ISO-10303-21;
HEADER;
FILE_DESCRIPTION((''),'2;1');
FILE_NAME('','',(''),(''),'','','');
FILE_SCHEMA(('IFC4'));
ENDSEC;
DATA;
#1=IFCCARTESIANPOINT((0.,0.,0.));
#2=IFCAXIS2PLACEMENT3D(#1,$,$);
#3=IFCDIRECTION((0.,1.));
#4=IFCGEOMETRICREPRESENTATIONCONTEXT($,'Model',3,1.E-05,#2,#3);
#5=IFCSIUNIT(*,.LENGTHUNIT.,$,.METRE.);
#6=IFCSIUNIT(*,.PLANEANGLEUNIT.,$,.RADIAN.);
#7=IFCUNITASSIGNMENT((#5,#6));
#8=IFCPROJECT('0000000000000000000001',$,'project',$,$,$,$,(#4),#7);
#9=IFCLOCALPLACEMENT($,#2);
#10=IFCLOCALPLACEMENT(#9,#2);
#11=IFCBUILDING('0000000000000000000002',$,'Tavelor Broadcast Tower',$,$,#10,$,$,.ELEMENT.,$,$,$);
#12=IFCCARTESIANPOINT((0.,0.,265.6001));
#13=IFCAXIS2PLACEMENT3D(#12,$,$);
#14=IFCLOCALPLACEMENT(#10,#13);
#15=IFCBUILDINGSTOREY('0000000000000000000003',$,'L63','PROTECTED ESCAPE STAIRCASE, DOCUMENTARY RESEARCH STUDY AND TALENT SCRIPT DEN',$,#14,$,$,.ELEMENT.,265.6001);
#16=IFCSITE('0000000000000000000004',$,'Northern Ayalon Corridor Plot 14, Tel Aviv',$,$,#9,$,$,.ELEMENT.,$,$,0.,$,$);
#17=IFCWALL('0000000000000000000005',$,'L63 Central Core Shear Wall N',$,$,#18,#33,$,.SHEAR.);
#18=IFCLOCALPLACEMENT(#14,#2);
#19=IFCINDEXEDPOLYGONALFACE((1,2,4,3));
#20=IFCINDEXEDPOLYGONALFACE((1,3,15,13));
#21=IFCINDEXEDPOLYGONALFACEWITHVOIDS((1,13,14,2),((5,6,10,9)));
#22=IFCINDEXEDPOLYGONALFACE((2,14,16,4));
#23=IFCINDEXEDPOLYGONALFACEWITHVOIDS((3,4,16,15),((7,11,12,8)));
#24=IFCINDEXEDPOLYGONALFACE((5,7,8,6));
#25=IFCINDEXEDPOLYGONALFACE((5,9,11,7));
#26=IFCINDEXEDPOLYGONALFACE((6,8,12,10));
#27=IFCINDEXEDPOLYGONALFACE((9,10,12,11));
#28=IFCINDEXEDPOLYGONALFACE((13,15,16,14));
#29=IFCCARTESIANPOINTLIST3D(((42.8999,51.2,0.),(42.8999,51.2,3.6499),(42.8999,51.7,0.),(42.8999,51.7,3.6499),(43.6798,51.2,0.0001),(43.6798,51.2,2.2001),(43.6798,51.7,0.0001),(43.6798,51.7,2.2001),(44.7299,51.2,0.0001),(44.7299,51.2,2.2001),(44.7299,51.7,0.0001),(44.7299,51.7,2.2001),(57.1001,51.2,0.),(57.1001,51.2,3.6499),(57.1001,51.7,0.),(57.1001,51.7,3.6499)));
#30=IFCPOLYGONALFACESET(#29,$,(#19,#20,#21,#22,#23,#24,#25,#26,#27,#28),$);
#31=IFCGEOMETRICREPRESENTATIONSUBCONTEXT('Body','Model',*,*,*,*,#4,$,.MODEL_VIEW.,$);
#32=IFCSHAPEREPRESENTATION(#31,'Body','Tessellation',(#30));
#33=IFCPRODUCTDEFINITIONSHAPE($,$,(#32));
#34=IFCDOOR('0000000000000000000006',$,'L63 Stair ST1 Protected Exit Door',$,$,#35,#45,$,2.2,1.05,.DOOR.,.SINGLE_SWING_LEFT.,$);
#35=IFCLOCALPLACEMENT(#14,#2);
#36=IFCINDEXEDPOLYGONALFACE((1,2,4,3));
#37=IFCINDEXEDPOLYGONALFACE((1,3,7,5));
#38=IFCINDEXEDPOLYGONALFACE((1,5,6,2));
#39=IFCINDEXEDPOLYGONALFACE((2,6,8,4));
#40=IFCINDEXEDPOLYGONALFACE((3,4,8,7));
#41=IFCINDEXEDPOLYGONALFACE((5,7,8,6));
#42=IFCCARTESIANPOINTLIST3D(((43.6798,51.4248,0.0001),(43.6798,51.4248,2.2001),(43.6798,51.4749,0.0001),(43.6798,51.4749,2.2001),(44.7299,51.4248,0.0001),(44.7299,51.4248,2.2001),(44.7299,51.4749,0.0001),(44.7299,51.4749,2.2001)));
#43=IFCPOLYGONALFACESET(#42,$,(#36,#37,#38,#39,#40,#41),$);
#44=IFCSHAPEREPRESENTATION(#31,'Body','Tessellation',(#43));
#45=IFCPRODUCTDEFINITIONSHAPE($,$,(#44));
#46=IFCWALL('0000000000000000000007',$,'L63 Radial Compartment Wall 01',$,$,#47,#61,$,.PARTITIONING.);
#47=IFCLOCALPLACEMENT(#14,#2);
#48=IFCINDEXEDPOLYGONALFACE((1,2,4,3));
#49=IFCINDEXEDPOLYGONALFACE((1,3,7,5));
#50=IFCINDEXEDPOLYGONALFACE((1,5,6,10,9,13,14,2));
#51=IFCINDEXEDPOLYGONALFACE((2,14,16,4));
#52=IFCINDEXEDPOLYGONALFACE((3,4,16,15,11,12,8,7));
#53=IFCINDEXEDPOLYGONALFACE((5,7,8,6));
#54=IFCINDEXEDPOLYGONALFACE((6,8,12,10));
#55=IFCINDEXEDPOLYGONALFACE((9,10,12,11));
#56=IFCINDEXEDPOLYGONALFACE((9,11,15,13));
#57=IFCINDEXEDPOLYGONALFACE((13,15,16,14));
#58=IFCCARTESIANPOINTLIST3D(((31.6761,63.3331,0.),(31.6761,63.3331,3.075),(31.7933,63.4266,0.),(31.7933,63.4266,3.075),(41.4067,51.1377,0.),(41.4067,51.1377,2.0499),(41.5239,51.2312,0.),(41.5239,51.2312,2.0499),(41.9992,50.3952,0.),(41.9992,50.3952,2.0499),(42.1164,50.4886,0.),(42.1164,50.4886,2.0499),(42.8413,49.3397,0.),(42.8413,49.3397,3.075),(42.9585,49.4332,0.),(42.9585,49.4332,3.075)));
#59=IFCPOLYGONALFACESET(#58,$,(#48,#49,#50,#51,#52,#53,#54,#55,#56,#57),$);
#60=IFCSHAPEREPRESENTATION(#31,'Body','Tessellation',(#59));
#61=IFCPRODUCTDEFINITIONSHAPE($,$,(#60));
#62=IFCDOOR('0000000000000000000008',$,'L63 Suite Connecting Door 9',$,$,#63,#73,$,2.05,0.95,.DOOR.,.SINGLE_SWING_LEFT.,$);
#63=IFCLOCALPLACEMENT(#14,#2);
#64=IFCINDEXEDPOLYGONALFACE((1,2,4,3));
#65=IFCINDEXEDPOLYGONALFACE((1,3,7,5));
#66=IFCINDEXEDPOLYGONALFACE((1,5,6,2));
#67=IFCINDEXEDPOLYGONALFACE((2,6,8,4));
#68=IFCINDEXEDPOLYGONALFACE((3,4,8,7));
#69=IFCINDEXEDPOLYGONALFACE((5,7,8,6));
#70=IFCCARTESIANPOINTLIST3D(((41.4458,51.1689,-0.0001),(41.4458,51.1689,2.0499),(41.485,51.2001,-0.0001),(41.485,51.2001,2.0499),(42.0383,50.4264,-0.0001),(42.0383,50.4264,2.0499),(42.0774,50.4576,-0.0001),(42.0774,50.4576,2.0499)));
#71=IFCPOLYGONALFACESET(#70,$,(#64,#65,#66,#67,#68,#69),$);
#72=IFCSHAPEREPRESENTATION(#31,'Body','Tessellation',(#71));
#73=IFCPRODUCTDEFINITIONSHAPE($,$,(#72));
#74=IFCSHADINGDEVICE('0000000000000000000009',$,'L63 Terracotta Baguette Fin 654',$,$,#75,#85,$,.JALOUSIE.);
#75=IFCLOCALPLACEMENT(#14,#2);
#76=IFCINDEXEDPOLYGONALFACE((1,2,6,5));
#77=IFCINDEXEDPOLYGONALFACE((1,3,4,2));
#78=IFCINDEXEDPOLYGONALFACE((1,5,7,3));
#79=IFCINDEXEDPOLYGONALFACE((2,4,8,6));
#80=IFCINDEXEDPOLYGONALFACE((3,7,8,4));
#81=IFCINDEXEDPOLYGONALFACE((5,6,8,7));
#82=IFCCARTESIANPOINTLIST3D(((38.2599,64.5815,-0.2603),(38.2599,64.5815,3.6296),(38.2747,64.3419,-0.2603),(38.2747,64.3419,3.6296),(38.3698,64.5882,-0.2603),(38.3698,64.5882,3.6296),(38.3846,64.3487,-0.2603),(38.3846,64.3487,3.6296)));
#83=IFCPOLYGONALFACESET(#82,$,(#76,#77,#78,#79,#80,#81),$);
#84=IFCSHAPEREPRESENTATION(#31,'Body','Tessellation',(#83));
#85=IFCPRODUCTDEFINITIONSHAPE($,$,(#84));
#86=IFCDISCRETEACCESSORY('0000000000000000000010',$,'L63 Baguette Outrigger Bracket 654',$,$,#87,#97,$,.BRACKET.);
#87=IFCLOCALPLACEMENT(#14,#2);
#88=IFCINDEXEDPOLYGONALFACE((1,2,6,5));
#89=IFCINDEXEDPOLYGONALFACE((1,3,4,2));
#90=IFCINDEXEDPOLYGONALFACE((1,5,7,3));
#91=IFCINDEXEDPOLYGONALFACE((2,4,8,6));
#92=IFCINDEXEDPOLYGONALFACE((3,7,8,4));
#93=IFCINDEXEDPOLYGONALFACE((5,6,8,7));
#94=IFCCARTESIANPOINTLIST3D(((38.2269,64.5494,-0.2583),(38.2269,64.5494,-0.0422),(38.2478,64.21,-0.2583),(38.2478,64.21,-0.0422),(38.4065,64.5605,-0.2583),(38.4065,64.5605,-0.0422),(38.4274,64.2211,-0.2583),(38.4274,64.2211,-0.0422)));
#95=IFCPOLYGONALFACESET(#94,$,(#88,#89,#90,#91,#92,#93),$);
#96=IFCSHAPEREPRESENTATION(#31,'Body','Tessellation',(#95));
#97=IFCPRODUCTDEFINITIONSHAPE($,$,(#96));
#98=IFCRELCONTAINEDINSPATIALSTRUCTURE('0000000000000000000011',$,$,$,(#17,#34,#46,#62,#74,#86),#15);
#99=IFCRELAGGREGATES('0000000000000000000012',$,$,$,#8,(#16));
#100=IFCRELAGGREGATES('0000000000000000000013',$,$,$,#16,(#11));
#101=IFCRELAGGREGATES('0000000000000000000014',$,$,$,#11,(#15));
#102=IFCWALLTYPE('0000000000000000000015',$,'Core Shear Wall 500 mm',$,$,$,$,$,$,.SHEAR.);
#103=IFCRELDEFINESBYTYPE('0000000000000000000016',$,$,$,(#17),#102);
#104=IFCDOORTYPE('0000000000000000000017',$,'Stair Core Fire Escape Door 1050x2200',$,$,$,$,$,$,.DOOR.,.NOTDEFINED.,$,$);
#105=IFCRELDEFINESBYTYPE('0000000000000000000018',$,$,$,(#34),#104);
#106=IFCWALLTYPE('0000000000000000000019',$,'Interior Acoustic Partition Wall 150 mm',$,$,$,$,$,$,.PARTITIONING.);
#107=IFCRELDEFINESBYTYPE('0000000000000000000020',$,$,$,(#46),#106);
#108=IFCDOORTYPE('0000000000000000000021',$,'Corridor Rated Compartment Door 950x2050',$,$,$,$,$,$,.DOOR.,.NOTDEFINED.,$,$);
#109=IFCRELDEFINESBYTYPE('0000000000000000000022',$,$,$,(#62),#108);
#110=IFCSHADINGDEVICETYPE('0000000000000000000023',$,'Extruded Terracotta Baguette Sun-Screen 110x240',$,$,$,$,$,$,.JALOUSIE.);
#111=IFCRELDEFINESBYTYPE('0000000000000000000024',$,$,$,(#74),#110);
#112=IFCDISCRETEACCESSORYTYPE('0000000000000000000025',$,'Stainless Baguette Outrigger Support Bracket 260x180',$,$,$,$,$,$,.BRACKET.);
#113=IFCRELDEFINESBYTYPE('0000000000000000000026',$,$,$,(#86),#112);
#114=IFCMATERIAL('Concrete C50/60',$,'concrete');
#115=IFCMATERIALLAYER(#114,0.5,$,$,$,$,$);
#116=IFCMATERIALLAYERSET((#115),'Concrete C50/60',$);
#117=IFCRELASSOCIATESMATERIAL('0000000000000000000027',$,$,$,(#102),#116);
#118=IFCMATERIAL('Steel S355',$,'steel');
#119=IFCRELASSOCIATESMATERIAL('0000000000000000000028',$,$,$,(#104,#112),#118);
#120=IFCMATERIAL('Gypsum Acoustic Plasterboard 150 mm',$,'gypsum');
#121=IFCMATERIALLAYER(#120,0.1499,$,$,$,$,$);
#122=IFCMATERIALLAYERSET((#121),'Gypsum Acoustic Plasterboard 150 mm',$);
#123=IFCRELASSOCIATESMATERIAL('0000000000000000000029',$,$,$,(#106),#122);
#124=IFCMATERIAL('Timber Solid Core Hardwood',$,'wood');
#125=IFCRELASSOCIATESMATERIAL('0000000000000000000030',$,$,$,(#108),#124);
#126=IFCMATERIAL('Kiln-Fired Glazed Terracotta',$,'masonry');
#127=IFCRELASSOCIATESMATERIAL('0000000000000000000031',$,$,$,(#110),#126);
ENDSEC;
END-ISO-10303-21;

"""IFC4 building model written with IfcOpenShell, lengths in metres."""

from ifc_helpers import new_model, si_unit, direction, frame, frame_2d, origin, origin_2d, place, context, subcontext, project, spatial, rectangle, extrude, source, transform, mapped, material, layer, layer_set, type_object, type_shapes, element, fill, save


model = new_model("IFC4")

# Units and contexts
model_context = context("Model", 3, precision=1e-05, world=origin(), true_north=direction((0.0, 1.0)))
body_context = subcontext(model_context, "Body", "Model", "MODEL_VIEW")
ifc_project = project(units=[si_unit("LENGTHUNIT", "METRE"), si_unit("PLANEANGLEUNIT", "RADIAN")], contexts=[model_context])

# Site, building, storey
site_placement = place(None, origin())
site = spatial("IfcSite", under=ifc_project, at=site_placement, Name="Northern Ayalon Corridor Plot 14, Tel Aviv", CompositionType="ELEMENT", RefElevation=0.0)
building_placement = place(site_placement, origin())
building = spatial("IfcBuilding", under=site, at=building_placement, Name="Tavelor Broadcast Tower", CompositionType="ELEMENT")
storey_placement = place(building_placement, frame((0.0, 0.0, 265.6001)))
storey = spatial("IfcBuildingStorey", under=building, at=storey_placement, Name="L63", Description="PROTECTED ESCAPE STAIRCASE, DOCUMENTARY RESEARCH STUDY AND TALENT SCRIPT DEN", CompositionType="ELEMENT", Elevation=265.6001)

# Shared definitions
ifc_material_1 = material(Name="Concrete C50/60", Category="concrete")

# Shared definitions
ifc_material_2 = material(Name="Steel S355", Category="steel")

# Walls, openings, doors
ifc_layer_1 = layer(ifc_material_1, 0.5)
ifc_layer_set_1 = layer_set([ifc_layer_1], Name="Concrete C50/60")
wall_type_1 = type_object("IfcWallType", Name="Core Shear Wall 500 mm", PredefinedType="SHEAR", material=ifc_layer_set_1)
wall_1_placement = place(storey_placement, frame((42.8999, 51.45, 0.0), z_axis=(0.0, 0.0, 1.0), x_axis=(1.0, 0.0, 0.0)))
wall_1 = element("IfcWall", 1, at=wall_1_placement, inside=storey, type_object=wall_type_1, Name="L63 Central Core Shear Wall N", PredefinedType="SHEAR", context=body_context, shape_type="SweptSolid", body=[
    extrude(rectangle(XDim=14.2002, YDim=0.5, at=frame_2d((7.1001, 0.0))), origin(), (0.0, 0.0, 1.0), 3.6499),
])
opening_1_placement = place(wall_1_placement, frame((0.78, 0.0, 0.0)))
opening_1 = element("IfcOpeningElement", 2, at=opening_1_placement, cuts=wall_1, PredefinedType="OPENING", context=body_context, shape_type="SweptSolid", body=[
    extrude(rectangle(XDim=1.05, YDim=2.2, at=frame_2d((0.5249, 1.1001))), frame((0.0, 0.26, 0.0), z_axis=(0.0, -1.0, 0.0), x_axis=(1.0, 0.0, 0.0)), (0.0, 0.0, 1.0), 0.52),
])
door_type_1 = type_object("IfcDoorType", Name="Stair Core Fire Escape Door 1050x2200", OperationType="NOTDEFINED", PredefinedType="DOOR", material=ifc_material_2)
door_1_placement = place(opening_1_placement, origin())
door_1 = element("IfcDoor", 3, at=door_1_placement, inside=storey, type_object=door_type_1, Name="L63 Stair ST1 Protected Exit Door", OperationType="SINGLE_SWING_LEFT", OverallHeight=2.2, OverallWidth=1.05, PredefinedType="DOOR", context=body_context, shape_type="SweptSolid", body=[
    extrude(rectangle(XDim=1.05, YDim=2.2, at=frame_2d((0.5249, 1.1001))), frame((0.0, 0.0249, 0.0), z_axis=(0.0, -1.0, 0.0), x_axis=(1.0, 0.0, 0.0)), (0.0, 0.0, 1.0), 0.05),
])
fill(opening_1, door_1)
ifc_material_3 = material(Name="Gypsum Acoustic Plasterboard 150 mm", Category="gypsum")
ifc_layer_2 = layer(ifc_material_3, 0.1499)
ifc_layer_set_2 = layer_set([ifc_layer_2], Name="Gypsum Acoustic Plasterboard 150 mm")
wall_type_2 = type_object("IfcWallType", Name="Interior Acoustic Partition Wall 150 mm", PredefinedType="PARTITIONING", material=ifc_layer_set_2)
wall_2_placement = place(storey_placement, frame((42.8999, 49.3865, 0.0), z_axis=(0.0, 0.0, 1.0), x_axis=(-0.623692, 0.78167, 0.0)))
wall_2 = element("IfcWall", 4, at=wall_2_placement, inside=storey, type_object=wall_type_2, Name="L63 Radial Compartment Wall 01", PredefinedType="PARTITIONING", context=body_context, shape_type="SweptSolid", body=[
    extrude(rectangle(XDim=17.9019, YDim=0.1499, at=frame_2d((8.9509, 0.0))), origin(), (0.0, 0.0, 1.0), 3.075),
])
opening_2_placement = place(wall_2_placement, frame((1.3501, 0.0, 0.0)))
opening_2 = element("IfcOpeningElement", 5, at=opening_2_placement, cuts=wall_2, PredefinedType="OPENING", context=body_context, shape_type="SweptSolid", body=[
    extrude(rectangle(XDim=0.95, YDim=2.05, at=frame_2d((0.4751, 1.0249))), frame((0.0, 0.085, 0.0), z_axis=(0.0, -1.0, 0.0), x_axis=(1.0, 0.0, 0.0)), (0.0, 0.0, 1.0), 0.1699),
])
ifc_material_4 = material(Name="Timber Solid Core Hardwood", Category="wood")
door_type_2 = type_object("IfcDoorType", Name="Corridor Rated Compartment Door 950x2050", OperationType="NOTDEFINED", PredefinedType="DOOR", material=ifc_material_4)
door_2_placement = place(opening_2_placement, origin())
door_2 = element("IfcDoor", 6, at=door_2_placement, inside=storey, type_object=door_type_2, Name="L63 Suite Connecting Door 9", OperationType="SINGLE_SWING_LEFT", OverallHeight=2.05, OverallWidth=0.95, PredefinedType="DOOR", context=body_context, shape_type="SweptSolid", body=[
    extrude(rectangle(XDim=0.95, YDim=2.05, at=frame_2d((0.4751, 1.0249))), frame((0.0, 0.0249, 0.0), z_axis=(0.0, -1.0, 0.0), x_axis=(1.0, 0.0, 0.0)), (0.0, 0.0, 1.0), 0.05),
])
fill(opening_2, door_2)

# Shading device
ifc_material_5 = material(Name="Kiln-Fired Glazed Terracotta", Category="masonry")
shading_device_type = type_object("IfcShadingDeviceType", Name="Extruded Terracotta Baguette Sun-Screen 110x240", PredefinedType="JALOUSIE", material=ifc_material_5)
shared_shape_1 = source(origin(), body_context, "Body", "SweptSolid", [
    extrude(rectangle(XDim=0.1101, YDim=0.24, at=origin_2d()), origin(), (0.0, 0.0, 1.0), 3.8899),
])
type_shapes(shading_device_type, [shared_shape_1])
shading_device_placement = place(storey_placement, frame((38.3223, 64.4651, -0.2603), z_axis=(0.0, 0.0, 1.0), x_axis=(-0.998103, -0.061571, 0.0)))
element("IfcShadingDevice", 7, at=shading_device_placement, inside=storey, type_object=shading_device_type, Name="L63 Terracotta Baguette Fin 654", PredefinedType="JALOUSIE", context=body_context, shape_type="MappedRepresentation", body=[
    mapped(shared_shape_1, transform((0.0, 0.0, 0.0), scale=1.0)),
])

# Discrete accessory
discrete_accessory_type = type_object("IfcDiscreteAccessoryType", Name="Stainless Baguette Outrigger Support Bracket 260x180", PredefinedType="BRACKET", material=ifc_material_2)
shared_shape_2 = source(origin(), body_context, "Body", "SweptSolid", [
    extrude(rectangle(XDim=0.1799, YDim=0.3401, at=origin_2d()), origin(), (0.0, 0.0, 1.0), 0.2161),
])
type_shapes(discrete_accessory_type, [shared_shape_2])
discrete_accessory_placement = place(storey_placement, frame((38.3271, 64.3853, -0.2583), z_axis=(0.0, 0.0, 1.0), x_axis=(-0.998103, -0.061571, 0.0)))
element("IfcDiscreteAccessory", 8, at=discrete_accessory_placement, inside=storey, type_object=discrete_accessory_type, Name="L63 Baguette Outrigger Bracket 654", PredefinedType="BRACKET", context=body_context, shape_type="MappedRepresentation", body=[
    mapped(shared_shape_2, transform((0.0, 0.0, 0.0), scale=1.0)),
])

save(model, "model.ifc")
